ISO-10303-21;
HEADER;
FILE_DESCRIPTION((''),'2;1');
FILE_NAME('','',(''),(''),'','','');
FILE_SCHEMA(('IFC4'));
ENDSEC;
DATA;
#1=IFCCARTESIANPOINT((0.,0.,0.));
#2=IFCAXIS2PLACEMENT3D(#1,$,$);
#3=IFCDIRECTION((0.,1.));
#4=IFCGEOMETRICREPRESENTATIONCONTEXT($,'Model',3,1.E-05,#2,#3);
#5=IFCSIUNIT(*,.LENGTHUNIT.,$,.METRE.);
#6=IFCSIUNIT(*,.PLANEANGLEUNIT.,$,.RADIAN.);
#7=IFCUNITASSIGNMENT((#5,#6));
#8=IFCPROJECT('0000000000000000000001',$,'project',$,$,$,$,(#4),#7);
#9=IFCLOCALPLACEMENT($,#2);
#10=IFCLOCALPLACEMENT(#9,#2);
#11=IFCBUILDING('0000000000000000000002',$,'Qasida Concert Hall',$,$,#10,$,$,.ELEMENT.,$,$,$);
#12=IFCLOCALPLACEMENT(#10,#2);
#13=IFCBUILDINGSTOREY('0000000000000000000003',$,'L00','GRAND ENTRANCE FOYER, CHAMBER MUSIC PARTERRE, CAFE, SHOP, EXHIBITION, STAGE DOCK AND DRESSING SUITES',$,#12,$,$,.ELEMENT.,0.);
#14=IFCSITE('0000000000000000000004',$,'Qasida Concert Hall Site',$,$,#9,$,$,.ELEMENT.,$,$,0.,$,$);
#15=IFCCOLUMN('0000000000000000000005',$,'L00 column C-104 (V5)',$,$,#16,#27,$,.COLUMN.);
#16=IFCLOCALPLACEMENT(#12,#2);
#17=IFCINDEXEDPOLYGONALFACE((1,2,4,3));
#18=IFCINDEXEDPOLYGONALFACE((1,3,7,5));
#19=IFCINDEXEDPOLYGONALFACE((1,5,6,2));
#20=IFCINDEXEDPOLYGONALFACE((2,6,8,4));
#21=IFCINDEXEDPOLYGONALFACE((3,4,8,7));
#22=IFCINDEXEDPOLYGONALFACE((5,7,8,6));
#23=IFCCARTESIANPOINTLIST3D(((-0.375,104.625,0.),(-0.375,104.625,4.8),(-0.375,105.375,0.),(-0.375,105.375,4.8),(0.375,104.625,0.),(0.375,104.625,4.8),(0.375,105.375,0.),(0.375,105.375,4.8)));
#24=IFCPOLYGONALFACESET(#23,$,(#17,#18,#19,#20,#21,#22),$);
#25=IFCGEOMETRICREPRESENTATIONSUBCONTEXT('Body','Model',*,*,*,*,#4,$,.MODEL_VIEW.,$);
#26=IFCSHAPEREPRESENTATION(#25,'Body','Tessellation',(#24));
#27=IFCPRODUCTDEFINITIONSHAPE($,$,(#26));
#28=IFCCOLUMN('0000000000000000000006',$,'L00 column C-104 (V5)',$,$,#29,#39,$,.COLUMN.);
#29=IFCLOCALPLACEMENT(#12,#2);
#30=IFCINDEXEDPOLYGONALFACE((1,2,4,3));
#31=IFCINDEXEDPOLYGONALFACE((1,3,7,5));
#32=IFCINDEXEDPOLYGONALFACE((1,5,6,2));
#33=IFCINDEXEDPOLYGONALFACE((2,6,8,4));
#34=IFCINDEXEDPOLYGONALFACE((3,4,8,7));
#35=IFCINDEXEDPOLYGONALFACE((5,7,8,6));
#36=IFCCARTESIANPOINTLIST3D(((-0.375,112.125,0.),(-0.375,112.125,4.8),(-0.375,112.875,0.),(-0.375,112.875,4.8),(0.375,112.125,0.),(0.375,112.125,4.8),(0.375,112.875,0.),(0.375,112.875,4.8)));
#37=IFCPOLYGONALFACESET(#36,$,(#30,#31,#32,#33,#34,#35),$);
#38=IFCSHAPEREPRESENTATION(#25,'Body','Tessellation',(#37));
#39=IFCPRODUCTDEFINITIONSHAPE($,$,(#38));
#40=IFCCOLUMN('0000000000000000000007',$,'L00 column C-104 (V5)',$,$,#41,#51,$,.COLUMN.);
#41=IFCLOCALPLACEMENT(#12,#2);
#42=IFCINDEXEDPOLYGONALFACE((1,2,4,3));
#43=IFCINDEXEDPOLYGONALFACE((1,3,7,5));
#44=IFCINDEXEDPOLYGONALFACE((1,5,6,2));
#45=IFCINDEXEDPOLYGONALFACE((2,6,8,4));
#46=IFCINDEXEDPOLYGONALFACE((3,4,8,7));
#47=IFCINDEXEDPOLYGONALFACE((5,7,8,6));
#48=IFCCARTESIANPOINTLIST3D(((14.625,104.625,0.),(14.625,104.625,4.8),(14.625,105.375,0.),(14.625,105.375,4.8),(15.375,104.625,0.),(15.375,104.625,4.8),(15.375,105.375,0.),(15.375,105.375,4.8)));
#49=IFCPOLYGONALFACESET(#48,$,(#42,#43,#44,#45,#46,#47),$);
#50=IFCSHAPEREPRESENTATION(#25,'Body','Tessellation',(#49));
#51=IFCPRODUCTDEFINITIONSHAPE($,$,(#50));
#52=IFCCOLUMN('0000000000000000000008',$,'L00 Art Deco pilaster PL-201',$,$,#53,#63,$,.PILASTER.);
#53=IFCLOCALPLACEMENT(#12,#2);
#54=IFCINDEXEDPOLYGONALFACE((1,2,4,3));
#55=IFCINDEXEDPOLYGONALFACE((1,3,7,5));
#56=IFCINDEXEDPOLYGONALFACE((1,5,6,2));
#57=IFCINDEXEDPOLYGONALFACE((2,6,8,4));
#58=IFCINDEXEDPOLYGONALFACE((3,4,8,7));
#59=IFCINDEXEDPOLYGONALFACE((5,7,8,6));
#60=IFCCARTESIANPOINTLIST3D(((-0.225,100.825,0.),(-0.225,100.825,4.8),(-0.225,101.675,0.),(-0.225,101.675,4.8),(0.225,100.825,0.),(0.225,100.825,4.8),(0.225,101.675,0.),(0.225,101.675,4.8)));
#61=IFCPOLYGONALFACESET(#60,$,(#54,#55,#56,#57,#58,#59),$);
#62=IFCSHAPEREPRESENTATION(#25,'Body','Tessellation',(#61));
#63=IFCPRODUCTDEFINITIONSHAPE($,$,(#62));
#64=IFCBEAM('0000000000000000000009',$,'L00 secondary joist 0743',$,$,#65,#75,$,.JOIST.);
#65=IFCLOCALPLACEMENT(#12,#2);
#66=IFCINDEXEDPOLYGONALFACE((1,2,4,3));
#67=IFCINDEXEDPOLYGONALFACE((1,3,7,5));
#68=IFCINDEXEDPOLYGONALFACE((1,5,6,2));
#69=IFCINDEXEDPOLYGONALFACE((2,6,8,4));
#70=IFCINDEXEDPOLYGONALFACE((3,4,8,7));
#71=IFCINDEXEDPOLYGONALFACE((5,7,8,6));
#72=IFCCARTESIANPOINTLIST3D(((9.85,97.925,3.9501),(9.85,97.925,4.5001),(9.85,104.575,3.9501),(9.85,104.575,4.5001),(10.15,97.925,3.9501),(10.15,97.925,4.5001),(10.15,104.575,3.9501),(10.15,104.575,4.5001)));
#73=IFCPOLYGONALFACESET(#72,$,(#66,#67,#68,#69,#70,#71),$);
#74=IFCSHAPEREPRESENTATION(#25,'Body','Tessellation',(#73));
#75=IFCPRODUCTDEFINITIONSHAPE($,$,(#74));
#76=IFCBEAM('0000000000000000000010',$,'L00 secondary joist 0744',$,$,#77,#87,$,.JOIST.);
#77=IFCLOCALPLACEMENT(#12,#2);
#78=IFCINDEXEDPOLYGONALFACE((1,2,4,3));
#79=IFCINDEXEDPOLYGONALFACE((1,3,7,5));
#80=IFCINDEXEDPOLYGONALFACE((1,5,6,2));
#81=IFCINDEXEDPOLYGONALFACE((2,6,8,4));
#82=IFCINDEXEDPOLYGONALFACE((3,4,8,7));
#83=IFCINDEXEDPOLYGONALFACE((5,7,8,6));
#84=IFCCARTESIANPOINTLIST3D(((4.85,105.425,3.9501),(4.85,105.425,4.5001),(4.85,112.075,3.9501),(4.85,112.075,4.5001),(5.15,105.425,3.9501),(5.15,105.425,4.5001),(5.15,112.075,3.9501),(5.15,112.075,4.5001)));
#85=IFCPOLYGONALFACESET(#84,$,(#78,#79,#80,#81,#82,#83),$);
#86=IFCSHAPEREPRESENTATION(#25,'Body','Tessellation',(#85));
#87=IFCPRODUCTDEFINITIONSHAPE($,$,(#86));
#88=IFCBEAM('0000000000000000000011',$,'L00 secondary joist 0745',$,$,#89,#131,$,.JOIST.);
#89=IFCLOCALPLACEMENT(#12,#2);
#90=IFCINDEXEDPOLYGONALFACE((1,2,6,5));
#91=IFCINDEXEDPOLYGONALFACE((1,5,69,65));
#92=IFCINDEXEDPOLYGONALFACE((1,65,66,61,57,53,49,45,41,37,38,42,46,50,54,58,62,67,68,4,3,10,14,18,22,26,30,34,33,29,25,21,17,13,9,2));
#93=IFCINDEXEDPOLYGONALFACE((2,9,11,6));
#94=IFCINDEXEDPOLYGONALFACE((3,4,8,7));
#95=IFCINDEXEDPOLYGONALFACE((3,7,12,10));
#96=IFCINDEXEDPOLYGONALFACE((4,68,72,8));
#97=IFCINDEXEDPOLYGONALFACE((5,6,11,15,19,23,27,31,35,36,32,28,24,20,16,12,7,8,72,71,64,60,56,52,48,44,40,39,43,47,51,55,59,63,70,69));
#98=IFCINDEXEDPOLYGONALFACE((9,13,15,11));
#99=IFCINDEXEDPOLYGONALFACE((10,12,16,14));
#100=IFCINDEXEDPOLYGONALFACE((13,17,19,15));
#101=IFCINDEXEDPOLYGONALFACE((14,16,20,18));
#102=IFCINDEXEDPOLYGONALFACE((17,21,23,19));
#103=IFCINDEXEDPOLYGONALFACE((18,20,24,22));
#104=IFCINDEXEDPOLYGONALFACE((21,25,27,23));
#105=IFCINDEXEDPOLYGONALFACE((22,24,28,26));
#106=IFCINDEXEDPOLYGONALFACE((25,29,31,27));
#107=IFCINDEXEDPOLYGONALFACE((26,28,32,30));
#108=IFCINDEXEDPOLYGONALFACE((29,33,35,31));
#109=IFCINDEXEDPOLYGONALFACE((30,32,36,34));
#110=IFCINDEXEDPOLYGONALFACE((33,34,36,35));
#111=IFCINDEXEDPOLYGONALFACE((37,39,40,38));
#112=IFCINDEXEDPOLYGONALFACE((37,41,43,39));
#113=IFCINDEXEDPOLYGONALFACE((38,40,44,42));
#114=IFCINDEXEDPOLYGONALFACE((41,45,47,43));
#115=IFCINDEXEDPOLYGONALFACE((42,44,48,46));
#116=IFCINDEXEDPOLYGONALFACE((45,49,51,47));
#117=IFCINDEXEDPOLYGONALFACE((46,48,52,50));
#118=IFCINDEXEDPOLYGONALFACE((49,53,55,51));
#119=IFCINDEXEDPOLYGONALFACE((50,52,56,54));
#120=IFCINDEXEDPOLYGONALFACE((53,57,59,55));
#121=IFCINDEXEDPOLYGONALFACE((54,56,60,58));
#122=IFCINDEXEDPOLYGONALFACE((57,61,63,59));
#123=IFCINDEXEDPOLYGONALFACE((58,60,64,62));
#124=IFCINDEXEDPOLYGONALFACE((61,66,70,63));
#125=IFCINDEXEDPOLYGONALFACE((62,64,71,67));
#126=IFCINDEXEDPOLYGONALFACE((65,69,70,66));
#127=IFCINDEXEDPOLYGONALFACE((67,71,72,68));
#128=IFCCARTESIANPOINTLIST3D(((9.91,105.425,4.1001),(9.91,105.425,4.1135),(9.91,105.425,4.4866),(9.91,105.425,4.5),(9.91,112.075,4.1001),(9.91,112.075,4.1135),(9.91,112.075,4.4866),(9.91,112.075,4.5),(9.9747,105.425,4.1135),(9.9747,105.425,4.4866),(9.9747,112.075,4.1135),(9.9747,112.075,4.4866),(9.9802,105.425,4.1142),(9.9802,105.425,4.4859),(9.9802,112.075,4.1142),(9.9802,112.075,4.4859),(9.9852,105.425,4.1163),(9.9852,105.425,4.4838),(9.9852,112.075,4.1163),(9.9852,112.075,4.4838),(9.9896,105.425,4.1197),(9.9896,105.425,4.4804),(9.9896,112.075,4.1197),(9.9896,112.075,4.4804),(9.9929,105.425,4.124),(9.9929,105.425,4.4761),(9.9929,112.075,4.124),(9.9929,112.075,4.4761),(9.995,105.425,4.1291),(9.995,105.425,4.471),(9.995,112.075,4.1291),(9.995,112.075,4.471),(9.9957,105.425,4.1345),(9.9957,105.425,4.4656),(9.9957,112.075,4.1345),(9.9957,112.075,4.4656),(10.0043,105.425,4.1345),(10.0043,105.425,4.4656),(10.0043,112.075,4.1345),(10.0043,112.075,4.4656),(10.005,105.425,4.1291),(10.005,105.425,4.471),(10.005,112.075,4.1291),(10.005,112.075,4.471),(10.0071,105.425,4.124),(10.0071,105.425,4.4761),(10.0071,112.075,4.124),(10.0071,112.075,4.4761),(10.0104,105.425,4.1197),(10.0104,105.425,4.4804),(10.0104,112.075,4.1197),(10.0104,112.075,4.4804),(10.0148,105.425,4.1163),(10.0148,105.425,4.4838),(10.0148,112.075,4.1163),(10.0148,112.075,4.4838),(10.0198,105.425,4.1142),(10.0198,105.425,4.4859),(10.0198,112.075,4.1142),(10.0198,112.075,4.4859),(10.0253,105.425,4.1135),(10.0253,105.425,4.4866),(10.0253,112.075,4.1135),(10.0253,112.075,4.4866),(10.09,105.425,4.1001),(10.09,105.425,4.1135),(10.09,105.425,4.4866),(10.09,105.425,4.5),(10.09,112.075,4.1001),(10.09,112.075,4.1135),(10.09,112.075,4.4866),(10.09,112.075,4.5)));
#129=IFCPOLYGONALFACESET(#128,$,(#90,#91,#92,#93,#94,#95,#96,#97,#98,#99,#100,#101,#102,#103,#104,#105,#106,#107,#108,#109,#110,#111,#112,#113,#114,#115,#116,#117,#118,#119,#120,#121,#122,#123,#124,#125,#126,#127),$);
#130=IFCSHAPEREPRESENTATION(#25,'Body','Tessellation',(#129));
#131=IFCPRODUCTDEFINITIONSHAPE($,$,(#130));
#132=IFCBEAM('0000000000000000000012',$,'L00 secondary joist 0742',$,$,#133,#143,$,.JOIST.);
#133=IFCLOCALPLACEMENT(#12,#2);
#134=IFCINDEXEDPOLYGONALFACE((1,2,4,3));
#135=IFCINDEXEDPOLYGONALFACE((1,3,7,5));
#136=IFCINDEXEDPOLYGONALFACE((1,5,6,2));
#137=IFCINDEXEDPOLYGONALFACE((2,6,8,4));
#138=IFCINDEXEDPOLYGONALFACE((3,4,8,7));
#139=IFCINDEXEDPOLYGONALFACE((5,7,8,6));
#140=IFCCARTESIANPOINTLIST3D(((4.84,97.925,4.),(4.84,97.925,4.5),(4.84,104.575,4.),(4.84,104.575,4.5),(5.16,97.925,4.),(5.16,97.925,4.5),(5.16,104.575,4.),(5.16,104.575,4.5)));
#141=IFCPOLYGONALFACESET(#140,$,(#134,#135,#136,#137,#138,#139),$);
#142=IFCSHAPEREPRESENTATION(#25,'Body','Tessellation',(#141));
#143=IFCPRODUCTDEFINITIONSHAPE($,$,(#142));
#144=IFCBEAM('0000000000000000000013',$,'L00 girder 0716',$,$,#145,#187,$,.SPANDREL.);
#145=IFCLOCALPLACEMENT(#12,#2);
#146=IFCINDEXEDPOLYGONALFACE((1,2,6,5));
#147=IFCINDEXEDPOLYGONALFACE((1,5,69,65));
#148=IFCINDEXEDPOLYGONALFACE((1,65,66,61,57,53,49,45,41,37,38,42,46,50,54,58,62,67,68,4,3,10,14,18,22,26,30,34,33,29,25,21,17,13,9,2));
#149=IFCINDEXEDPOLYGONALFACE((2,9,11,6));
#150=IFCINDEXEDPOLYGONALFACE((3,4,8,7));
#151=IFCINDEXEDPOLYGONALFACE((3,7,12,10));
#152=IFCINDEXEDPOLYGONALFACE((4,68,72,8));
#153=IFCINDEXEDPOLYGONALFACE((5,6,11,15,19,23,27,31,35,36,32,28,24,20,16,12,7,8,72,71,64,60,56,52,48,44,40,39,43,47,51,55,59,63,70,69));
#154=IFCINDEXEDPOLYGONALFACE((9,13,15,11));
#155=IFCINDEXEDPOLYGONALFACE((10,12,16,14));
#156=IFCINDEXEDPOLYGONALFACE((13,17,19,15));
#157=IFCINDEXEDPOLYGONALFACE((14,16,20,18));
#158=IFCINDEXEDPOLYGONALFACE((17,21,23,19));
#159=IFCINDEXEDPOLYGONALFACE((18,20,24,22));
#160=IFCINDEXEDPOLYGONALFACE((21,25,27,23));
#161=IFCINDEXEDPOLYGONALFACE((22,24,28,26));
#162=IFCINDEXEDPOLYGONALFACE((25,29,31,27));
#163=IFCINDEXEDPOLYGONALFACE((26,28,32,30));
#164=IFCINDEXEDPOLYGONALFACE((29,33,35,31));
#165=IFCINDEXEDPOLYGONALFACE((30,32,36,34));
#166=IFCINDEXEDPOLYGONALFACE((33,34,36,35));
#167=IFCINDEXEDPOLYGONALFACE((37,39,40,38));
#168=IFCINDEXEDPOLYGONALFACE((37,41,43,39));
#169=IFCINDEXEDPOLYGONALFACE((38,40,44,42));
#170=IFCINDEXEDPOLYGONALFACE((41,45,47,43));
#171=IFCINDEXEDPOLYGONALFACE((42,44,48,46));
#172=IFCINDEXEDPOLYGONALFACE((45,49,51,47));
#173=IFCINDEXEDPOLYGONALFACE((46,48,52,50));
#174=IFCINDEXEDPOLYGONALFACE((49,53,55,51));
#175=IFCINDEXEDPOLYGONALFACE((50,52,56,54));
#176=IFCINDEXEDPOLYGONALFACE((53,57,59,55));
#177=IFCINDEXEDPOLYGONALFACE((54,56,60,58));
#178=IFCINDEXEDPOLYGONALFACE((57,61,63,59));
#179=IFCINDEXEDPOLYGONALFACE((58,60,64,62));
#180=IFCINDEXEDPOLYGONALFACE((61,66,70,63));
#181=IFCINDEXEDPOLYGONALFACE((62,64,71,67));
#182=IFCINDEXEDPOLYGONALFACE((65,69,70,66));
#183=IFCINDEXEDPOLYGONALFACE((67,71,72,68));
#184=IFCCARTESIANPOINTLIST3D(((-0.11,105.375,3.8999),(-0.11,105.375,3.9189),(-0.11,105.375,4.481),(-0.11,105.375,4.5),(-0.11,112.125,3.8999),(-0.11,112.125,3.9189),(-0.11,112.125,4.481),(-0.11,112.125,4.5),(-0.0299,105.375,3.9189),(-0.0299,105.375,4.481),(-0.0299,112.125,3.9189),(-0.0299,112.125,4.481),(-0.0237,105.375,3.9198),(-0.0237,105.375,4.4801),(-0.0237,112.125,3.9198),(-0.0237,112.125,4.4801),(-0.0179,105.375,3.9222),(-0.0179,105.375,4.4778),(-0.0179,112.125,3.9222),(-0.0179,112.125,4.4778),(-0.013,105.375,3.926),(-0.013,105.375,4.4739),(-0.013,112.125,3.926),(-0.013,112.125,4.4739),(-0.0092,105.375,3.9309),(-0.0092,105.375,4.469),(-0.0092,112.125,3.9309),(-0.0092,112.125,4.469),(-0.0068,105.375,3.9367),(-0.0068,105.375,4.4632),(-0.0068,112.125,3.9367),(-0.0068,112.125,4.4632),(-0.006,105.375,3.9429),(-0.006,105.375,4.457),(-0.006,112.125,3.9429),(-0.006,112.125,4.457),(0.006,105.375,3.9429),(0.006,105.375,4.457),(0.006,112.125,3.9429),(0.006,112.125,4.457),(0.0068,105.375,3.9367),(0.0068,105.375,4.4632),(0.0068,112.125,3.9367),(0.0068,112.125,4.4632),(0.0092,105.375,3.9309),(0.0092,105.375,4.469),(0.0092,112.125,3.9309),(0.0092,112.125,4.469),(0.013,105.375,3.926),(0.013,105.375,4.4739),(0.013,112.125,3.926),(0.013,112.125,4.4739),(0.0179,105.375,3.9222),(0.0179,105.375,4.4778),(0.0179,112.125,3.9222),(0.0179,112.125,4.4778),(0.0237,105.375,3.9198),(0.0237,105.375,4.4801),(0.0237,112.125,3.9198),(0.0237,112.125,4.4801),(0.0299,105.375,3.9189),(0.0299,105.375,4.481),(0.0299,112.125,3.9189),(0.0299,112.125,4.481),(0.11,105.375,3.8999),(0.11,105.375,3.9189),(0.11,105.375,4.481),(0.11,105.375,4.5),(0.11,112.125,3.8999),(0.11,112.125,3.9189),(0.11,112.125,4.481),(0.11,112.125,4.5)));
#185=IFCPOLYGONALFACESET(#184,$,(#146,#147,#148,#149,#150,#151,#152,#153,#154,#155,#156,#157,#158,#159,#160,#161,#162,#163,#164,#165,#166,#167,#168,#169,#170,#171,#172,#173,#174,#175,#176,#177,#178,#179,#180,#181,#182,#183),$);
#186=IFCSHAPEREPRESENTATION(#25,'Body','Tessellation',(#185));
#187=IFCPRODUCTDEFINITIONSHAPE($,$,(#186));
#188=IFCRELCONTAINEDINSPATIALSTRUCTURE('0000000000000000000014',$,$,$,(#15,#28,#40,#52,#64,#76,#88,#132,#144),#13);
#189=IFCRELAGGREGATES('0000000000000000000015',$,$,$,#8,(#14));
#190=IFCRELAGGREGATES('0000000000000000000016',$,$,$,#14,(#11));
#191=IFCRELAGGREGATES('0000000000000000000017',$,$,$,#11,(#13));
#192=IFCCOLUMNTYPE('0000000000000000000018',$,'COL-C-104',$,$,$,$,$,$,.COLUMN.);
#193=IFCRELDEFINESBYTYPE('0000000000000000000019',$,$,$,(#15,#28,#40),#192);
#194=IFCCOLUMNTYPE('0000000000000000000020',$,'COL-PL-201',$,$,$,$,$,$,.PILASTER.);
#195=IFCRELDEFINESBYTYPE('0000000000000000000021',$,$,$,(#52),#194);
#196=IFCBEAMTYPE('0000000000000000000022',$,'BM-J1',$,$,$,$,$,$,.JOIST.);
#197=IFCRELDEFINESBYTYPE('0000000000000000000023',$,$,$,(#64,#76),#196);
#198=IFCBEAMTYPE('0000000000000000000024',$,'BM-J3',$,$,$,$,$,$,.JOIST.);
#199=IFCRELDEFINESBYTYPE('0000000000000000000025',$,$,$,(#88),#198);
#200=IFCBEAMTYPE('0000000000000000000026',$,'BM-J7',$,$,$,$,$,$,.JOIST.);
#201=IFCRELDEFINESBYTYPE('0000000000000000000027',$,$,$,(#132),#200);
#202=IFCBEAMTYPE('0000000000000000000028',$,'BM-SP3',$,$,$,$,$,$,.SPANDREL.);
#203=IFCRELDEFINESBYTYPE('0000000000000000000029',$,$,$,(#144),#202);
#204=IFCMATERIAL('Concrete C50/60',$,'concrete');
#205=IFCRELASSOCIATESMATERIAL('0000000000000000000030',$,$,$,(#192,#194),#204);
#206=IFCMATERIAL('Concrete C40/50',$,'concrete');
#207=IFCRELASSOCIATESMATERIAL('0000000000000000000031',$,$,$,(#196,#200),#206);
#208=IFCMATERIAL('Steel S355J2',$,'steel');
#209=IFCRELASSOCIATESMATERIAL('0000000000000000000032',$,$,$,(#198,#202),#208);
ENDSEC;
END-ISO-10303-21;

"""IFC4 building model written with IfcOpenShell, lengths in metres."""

from ifc_helpers import new_model, si_unit, direction, frame, origin, origin_2d, place, context, subcontext, project, spatial, rectangle, i_section, extrude, material, material_profile, profile_set, type_object, element, save


model = new_model("IFC4")

# Units and contexts
model_context = context("Model", 3, precision=1e-05, world=origin(), true_north=direction((0.0, 1.0)))
body_context = subcontext(model_context, "Body", "Model", "MODEL_VIEW")
ifc_project = project(units=[si_unit("LENGTHUNIT", "METRE"), si_unit("PLANEANGLEUNIT", "RADIAN")], contexts=[model_context])

# Site, building, storey
site_placement = place(None, origin())
site = spatial("IfcSite", under=ifc_project, at=site_placement, Name="Qasida Concert Hall Site", CompositionType="ELEMENT", RefElevation=0.0)
building_placement = place(site_placement, origin())
building = spatial("IfcBuilding", under=site, at=building_placement, Name="Qasida Concert Hall", CompositionType="ELEMENT")
storey_placement = place(building_placement, origin())
storey = spatial("IfcBuildingStorey", under=building, at=storey_placement, Name="L00", Description="GRAND ENTRANCE FOYER, CHAMBER MUSIC PARTERRE, CAFE, SHOP, EXHIBITION, STAGE DOCK AND DRESSING SUITES", CompositionType="ELEMENT", Elevation=0.0)

# Columns
ifc_material_1 = material(Name="Concrete C50/60", Category="concrete")
ifc_material_profile_1 = material_profile(ifc_material_1, rectangle(XDim=0.75, YDim=0.75, at=origin_2d()), Name="RC 750x750")
ifc_profile_set_1 = profile_set([ifc_material_profile_1], Name="Concrete C50/60")
column_type_1 = type_object("IfcColumnType", Name="COL-C-104", PredefinedType="COLUMN", material=ifc_profile_set_1)
for number, where, z_axis, x_axis, name in (
    (1, (0.0, 105.0, 0.0), (0.0, 0.0, 1.0), (1.0, 0.0, 0.0), "L00 column C-104 (V5)"),
    (2, (0.0, 112.5, 0.0), (0.0, 0.0, 1.0), (1.0, 0.0, 0.0), "L00 column C-104 (V5)"),
    (3, (15.0, 105.0, 0.0), (0.0, 0.0, 1.0), (1.0, 0.0, 0.0), "L00 column C-104 (V5)"),
):
    element("IfcColumn", number, at=place(storey_placement, frame(where, z_axis=z_axis, x_axis=x_axis)), inside=storey, type_object=column_type_1, Name=name, PredefinedType="COLUMN", context=body_context, shape_type="SweptSolid", body=[
        extrude(rectangle(XDim=0.75, YDim=0.75, at=origin_2d()), origin(), (0.0, 0.0, 1.0), 4.8),
    ])
ifc_material_profile_2 = material_profile(ifc_material_1, rectangle(XDim=0.45, YDim=0.8501, at=origin_2d()), Name="RC 450x850")
ifc_profile_set_2 = profile_set([ifc_material_profile_2], Name="Concrete C50/60")
column_type_2 = type_object("IfcColumnType", Name="COL-PL-201", PredefinedType="PILASTER", material=ifc_profile_set_2)
column_placement = place(storey_placement, frame((0.0, 101.25, 0.0), z_axis=(0.0, 0.0, 1.0), x_axis=(1.0, 0.0, 0.0)))
element("IfcColumn", 4, at=column_placement, inside=storey, type_object=column_type_2, Name="L00 Art Deco pilaster PL-201", PredefinedType="PILASTER", context=body_context, shape_type="SweptSolid", body=[
    extrude(rectangle(XDim=0.45, YDim=0.8501, at=origin_2d()), origin(), (0.0, 0.0, 1.0), 4.8),
])

# Beams
ifc_material_2 = material(Name="Concrete C40/50", Category="concrete")
ifc_material_profile_3 = material_profile(ifc_material_2, rectangle(XDim=0.3, YDim=0.55, at=origin_2d()), Name="RC 300x550")
ifc_profile_set_3 = profile_set([ifc_material_profile_3], Name="Concrete C40/50")
beam_type_1 = type_object("IfcBeamType", Name="BM-J1", PredefinedType="JOIST", material=ifc_profile_set_3)
for number, where, z_axis, x_axis, name in (
    (5, (10.0, 97.925, 4.2251), (0.0, 1.0, 0.0), (-1.0, 0.0, 0.0), "L00 secondary joist 0743"),
    (6, (5.0, 105.425, 4.2251), (0.0, 1.0, 0.0), (-1.0, 0.0, 0.0), "L00 secondary joist 0744"),
):
    element("IfcBeam", number, at=place(storey_placement, frame(where, z_axis=z_axis, x_axis=x_axis)), inside=storey, type_object=beam_type_1, Name=name, PredefinedType="JOIST", context=body_context, shape_type="SweptSolid", body=[
        extrude(rectangle(XDim=0.3, YDim=0.55, at=origin_2d()), origin(), (0.0, 0.0, 1.0), 6.6499),
    ])
ifc_material_3 = material(Name="Steel S355J2", Category="steel")
ifc_material_profile_4 = material_profile(ifc_material_3, i_section(OverallWidth=0.1799, OverallDepth=0.3999, WebThickness=0.0085, FlangeThickness=0.0134, FilletRadius=0.021, at=origin_2d()), Name="IPE 400")
ifc_profile_set_4 = profile_set([ifc_material_profile_4], Name="Steel S355J2")
beam_type_2 = type_object("IfcBeamType", Name="BM-J3", PredefinedType="JOIST", material=ifc_profile_set_4)
beam_1_placement = place(storey_placement, frame((10.0, 105.425, 4.3), z_axis=(0.0, 1.0, 0.0), x_axis=(-1.0, 0.0, 0.0)))
element("IfcBeam", 7, at=beam_1_placement, inside=storey, type_object=beam_type_2, Name="L00 secondary joist 0745", PredefinedType="JOIST", context=body_context, shape_type="SweptSolid", body=[
    extrude(i_section(OverallWidth=0.1799, OverallDepth=0.3999, WebThickness=0.0085, FlangeThickness=0.0134, FilletRadius=0.021, at=origin_2d()), origin(), (0.0, 0.0, 1.0), 6.6499),
])
ifc_material_profile_5 = material_profile(ifc_material_2, rectangle(XDim=0.3201, YDim=0.5, at=origin_2d()), Name="RC 320x500")
ifc_profile_set_5 = profile_set([ifc_material_profile_5], Name="Concrete C40/50")
beam_type_3 = type_object("IfcBeamType", Name="BM-J7", PredefinedType="JOIST", material=ifc_profile_set_5)
beam_2_placement = place(storey_placement, frame((5.0, 97.925, 4.25), z_axis=(0.0, 1.0, 0.0), x_axis=(-1.0, 0.0, 0.0)))
element("IfcBeam", 8, at=beam_2_placement, inside=storey, type_object=beam_type_3, Name="L00 secondary joist 0742", PredefinedType="JOIST", context=body_context, shape_type="SweptSolid", body=[
    extrude(rectangle(XDim=0.3201, YDim=0.5, at=origin_2d()), origin(), (0.0, 0.0, 1.0), 6.6499),
])
ifc_material_profile_6 = material_profile(ifc_material_3, i_section(OverallWidth=0.22, OverallDepth=0.6001, WebThickness=0.012, FlangeThickness=0.019, FilletRadius=0.0239, at=origin_2d()), Name="IPE 600")
ifc_profile_set_6 = profile_set([ifc_material_profile_6], Name="Steel S355J2")
beam_type_4 = type_object("IfcBeamType", Name="BM-SP3", PredefinedType="SPANDREL", material=ifc_profile_set_6)
beam_3_placement = place(storey_placement, frame((0.0, 105.375, 4.2), z_axis=(0.0, 1.0, 0.0), x_axis=(-1.0, 0.0, 0.0)))
element("IfcBeam", 9, at=beam_3_placement, inside=storey, type_object=beam_type_4, Name="L00 girder 0716", PredefinedType="SPANDREL", context=body_context, shape_type="SweptSolid", body=[
    extrude(i_section(OverallWidth=0.22, OverallDepth=0.6001, WebThickness=0.012, FlangeThickness=0.019, FilletRadius=0.0239, at=origin_2d()), origin(), (0.0, 0.0, 1.0), 6.75),
])

save(model, "model.ifc")
